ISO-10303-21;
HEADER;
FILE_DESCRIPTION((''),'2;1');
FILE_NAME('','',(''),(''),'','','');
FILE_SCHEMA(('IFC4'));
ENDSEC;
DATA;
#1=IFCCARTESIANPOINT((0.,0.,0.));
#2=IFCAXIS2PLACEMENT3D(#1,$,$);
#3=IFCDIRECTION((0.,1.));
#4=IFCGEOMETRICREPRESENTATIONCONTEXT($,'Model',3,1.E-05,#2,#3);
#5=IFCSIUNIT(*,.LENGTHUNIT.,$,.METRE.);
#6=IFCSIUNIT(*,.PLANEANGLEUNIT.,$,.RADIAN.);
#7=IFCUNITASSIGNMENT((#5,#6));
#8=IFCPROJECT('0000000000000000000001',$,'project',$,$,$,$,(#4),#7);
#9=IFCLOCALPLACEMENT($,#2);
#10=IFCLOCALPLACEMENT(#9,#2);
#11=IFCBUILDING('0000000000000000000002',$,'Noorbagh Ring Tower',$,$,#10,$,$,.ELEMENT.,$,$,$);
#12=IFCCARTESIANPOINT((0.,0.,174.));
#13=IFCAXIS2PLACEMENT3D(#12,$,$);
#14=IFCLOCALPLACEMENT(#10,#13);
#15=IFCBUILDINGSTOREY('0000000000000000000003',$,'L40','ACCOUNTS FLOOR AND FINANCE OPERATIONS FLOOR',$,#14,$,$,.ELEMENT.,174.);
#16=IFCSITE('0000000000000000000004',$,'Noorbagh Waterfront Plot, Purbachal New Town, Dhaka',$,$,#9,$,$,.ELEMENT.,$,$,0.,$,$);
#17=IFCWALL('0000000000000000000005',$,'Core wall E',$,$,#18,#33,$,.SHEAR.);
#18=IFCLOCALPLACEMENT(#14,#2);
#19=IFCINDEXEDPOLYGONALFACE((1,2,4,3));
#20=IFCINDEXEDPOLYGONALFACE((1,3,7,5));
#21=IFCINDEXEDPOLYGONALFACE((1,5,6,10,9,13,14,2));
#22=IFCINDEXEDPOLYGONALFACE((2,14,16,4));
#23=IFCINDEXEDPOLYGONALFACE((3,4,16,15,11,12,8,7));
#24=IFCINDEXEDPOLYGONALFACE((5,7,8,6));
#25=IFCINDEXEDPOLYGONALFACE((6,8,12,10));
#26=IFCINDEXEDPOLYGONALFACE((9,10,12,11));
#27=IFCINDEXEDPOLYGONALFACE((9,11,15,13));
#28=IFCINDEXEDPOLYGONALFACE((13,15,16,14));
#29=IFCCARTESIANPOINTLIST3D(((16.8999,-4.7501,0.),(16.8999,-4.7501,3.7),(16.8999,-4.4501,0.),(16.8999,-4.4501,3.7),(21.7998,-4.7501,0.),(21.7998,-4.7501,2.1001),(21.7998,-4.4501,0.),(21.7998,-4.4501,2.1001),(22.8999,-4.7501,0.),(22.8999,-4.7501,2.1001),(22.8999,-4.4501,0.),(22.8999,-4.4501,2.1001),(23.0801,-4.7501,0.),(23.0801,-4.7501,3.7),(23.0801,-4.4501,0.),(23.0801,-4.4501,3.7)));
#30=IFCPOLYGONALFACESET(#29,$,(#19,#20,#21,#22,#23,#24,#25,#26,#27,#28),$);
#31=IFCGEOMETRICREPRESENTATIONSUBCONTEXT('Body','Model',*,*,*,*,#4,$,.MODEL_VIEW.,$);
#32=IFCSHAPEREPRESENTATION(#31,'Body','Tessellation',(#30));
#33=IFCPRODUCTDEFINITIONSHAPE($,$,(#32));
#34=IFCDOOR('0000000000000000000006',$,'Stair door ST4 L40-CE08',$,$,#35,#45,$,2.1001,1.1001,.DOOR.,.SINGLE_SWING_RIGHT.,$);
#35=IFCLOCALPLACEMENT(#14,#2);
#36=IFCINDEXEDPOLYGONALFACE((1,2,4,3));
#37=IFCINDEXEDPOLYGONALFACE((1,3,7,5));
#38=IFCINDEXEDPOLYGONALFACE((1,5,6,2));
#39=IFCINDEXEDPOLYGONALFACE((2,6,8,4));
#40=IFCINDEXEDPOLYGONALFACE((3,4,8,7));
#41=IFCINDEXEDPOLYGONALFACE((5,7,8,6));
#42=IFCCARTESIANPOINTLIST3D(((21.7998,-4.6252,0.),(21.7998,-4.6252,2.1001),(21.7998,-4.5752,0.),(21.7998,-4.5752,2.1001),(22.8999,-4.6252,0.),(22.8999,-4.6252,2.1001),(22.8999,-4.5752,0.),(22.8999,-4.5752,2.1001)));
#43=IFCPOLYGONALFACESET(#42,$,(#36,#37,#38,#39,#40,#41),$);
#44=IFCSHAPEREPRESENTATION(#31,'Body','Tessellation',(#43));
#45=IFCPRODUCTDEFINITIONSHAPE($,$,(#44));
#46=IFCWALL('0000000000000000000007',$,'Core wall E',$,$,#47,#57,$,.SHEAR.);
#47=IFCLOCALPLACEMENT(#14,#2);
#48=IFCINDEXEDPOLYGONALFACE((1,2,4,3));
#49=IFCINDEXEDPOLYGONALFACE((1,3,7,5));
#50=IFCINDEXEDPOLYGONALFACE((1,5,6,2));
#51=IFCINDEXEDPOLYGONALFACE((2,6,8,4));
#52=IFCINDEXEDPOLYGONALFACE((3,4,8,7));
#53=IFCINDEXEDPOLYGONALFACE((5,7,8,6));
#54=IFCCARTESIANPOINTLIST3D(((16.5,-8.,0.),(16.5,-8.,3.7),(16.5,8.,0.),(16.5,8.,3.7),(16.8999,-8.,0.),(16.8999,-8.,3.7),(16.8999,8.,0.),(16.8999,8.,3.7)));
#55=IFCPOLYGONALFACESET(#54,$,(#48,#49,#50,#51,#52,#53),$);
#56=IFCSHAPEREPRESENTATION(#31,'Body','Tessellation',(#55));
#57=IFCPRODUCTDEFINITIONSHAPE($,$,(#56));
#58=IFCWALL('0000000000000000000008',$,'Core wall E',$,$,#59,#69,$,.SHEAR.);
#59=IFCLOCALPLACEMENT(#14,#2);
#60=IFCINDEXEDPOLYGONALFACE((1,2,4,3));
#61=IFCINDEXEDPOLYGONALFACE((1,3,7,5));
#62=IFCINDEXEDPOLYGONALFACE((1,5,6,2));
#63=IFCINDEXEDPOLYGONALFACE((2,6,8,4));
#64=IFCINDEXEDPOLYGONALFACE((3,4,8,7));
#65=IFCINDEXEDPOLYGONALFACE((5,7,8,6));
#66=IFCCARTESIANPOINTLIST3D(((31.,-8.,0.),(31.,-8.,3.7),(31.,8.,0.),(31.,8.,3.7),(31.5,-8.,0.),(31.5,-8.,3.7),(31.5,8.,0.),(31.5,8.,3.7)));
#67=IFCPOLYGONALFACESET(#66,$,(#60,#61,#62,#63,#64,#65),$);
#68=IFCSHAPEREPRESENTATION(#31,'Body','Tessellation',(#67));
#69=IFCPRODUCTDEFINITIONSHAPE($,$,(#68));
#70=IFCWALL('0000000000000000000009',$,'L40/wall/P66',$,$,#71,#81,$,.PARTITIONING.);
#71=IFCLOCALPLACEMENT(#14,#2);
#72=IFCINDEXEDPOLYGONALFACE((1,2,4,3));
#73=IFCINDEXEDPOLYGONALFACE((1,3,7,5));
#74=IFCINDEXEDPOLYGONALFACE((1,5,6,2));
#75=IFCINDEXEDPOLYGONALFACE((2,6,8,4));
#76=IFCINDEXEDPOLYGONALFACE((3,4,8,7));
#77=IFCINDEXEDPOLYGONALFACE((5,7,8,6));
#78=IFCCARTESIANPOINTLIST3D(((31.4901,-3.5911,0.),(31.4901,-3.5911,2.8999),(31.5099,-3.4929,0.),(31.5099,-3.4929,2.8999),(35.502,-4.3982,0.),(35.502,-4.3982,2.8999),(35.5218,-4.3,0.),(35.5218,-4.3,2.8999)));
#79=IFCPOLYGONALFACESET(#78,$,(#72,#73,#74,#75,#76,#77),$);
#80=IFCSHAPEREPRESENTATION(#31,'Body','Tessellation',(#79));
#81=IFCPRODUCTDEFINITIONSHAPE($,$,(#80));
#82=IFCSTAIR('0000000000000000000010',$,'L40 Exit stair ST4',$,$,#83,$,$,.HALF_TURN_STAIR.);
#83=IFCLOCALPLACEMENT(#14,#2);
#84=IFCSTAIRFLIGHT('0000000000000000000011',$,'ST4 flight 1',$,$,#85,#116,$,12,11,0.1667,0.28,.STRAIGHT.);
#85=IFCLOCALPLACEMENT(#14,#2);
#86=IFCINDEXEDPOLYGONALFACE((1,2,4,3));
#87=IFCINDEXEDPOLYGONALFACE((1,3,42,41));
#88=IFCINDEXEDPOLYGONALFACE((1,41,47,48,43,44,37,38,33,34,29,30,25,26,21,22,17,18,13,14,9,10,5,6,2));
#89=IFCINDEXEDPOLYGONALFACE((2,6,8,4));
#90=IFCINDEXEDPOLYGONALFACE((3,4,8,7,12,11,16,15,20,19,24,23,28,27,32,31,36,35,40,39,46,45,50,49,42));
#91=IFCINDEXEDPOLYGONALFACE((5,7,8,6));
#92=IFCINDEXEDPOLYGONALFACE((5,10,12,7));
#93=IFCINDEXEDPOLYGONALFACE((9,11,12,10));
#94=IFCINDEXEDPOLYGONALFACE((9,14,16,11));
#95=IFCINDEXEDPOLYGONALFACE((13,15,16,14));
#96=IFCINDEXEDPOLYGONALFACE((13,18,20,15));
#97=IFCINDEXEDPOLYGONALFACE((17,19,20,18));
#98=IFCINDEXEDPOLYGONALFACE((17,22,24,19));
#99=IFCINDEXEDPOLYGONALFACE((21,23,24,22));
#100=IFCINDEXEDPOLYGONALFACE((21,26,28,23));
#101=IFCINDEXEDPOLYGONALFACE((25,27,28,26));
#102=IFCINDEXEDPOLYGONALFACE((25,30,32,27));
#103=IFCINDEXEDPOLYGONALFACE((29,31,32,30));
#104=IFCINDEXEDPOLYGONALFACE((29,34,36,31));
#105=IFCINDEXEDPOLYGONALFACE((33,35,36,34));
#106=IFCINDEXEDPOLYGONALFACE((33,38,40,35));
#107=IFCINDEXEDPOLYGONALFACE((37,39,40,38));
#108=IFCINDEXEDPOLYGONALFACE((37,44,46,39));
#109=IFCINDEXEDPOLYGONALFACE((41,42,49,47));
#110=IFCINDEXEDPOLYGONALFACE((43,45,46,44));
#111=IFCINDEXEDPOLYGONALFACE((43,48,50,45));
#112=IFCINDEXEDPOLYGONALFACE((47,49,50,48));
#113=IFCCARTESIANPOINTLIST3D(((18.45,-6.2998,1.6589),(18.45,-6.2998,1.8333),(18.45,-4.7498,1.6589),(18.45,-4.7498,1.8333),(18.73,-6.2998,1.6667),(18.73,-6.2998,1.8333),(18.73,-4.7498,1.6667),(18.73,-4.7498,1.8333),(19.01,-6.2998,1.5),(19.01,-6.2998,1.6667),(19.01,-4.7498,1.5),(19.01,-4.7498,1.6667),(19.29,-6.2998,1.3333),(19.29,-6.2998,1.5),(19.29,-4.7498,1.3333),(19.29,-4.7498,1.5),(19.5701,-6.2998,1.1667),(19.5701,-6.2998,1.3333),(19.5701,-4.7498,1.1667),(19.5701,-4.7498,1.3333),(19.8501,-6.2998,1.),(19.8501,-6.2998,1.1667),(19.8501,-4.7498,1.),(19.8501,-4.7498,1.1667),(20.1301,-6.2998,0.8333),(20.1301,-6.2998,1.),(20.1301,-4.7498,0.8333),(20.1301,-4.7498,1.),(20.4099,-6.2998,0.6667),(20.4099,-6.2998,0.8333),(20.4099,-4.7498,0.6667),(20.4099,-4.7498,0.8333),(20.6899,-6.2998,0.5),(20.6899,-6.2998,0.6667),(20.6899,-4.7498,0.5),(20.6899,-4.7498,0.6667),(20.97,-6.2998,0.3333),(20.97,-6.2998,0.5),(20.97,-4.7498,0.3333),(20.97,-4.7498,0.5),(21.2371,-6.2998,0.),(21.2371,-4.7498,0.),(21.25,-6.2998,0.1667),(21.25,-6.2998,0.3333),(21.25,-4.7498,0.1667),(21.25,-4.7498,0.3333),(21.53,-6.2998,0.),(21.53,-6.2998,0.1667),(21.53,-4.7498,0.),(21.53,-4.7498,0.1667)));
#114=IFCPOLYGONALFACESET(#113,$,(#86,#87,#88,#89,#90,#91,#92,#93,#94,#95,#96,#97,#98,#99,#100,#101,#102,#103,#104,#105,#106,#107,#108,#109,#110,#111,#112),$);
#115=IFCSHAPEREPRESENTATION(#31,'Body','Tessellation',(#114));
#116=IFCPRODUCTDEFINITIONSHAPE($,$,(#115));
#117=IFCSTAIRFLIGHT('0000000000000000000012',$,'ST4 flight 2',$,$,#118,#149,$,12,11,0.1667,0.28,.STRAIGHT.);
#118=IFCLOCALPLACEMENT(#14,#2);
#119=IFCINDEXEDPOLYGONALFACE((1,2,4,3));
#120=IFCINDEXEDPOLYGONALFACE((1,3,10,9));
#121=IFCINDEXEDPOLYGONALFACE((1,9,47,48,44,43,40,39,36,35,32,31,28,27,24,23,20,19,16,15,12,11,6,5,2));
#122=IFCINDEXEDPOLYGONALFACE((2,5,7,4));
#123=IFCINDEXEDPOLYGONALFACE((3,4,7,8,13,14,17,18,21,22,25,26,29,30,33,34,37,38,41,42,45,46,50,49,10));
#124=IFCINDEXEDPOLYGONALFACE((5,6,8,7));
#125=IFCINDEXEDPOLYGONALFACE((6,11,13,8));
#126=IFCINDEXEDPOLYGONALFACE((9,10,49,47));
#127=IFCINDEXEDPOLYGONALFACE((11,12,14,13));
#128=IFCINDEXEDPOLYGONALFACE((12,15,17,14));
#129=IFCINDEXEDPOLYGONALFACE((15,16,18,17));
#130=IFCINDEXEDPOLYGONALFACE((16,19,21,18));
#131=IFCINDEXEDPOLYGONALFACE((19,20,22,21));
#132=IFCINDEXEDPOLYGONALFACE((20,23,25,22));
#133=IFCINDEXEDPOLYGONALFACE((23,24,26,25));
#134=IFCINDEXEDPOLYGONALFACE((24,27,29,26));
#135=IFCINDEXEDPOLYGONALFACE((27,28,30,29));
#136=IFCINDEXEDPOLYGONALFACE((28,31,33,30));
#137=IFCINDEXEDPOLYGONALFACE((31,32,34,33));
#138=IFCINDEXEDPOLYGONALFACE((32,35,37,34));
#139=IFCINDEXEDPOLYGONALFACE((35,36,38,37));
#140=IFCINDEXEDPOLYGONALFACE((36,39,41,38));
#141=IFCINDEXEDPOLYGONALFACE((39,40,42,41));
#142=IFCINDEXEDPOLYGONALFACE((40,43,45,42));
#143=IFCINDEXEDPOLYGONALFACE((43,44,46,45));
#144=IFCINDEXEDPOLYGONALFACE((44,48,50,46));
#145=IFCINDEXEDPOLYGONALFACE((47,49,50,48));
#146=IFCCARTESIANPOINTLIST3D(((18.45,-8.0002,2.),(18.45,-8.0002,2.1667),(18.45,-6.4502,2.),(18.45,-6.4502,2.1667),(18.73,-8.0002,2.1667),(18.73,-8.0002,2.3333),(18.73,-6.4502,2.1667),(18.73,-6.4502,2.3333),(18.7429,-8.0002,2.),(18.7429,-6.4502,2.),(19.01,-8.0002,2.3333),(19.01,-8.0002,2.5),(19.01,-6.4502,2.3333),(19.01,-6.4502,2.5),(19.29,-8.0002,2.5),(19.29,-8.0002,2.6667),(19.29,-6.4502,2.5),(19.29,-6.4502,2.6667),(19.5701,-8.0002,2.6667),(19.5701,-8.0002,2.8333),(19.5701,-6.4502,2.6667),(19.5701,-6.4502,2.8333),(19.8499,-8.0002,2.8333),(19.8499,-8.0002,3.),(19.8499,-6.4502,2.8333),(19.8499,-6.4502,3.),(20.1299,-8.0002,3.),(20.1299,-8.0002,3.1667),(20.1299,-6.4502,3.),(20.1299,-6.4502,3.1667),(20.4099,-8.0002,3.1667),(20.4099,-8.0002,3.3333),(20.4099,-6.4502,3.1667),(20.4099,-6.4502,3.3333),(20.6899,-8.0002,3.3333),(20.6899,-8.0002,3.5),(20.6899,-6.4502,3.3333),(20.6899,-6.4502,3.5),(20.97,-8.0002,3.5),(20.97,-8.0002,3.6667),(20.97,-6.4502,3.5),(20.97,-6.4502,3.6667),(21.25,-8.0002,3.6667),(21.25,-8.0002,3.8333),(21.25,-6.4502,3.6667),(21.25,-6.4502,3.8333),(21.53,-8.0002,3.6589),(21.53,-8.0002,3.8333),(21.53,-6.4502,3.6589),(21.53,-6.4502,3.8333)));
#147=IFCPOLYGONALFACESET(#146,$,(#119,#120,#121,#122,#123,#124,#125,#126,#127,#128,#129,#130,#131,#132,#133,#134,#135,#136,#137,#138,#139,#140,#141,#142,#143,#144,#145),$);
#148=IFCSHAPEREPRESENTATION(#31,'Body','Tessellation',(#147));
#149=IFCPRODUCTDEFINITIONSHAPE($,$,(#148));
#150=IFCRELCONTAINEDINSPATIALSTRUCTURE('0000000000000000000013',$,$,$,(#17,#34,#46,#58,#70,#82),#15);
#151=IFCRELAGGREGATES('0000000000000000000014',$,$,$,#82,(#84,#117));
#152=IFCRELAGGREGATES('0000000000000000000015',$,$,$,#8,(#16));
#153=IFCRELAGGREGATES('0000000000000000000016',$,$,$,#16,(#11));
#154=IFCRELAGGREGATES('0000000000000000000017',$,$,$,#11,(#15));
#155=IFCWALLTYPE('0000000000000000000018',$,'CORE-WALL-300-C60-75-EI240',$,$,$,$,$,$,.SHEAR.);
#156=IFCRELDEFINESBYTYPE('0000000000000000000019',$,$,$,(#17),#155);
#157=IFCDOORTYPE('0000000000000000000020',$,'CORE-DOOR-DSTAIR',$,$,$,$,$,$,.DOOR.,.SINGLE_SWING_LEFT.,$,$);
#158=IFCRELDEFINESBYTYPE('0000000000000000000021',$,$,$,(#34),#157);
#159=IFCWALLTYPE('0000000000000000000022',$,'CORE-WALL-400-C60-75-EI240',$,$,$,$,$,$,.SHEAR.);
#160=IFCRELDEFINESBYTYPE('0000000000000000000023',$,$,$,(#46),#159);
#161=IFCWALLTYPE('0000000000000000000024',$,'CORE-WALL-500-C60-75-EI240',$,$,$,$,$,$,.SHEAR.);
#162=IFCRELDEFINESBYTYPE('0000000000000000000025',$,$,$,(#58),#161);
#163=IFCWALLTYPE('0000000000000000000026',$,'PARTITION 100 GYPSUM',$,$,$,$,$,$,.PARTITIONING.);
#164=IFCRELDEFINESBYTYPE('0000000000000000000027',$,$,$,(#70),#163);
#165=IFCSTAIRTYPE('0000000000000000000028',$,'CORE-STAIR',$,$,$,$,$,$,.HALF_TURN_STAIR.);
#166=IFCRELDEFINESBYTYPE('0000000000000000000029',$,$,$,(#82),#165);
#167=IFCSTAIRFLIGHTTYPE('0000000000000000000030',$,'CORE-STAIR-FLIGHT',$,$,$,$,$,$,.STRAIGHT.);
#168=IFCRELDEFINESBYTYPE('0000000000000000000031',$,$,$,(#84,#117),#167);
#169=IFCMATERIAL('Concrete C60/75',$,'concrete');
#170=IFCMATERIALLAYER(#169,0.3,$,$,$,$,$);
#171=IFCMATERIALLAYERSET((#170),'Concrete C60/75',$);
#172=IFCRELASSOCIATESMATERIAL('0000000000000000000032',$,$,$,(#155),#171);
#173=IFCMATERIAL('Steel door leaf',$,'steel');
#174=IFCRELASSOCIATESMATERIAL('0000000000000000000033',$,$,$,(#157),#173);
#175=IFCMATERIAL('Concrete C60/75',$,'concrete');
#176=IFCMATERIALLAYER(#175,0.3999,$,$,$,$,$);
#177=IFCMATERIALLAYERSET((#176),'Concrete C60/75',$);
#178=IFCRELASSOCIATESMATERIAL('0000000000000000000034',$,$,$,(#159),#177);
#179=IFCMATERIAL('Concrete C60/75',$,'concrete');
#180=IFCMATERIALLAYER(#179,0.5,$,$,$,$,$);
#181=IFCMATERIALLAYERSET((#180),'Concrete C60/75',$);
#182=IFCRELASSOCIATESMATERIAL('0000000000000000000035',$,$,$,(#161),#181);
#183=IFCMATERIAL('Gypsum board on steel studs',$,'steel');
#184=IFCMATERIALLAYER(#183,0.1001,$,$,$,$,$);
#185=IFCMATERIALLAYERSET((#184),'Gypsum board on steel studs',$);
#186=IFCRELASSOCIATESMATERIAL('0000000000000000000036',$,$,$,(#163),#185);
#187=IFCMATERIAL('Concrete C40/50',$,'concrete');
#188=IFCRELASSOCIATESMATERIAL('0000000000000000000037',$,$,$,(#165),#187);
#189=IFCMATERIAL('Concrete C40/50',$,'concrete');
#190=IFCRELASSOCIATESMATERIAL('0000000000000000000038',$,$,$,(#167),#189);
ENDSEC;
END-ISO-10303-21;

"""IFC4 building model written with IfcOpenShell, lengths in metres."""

from ifc_helpers import new_model, si_unit, direction, frame, frame_2d, origin, place, context, subcontext, project, spatial, polyline, rectangle, outline, extrude, material, layer, layer_set, type_object, element, fill, aggregate, save


model = new_model("IFC4")

# Units and contexts
model_context = context("Model", 3, precision=1e-05, world=origin(), true_north=direction((0.0, 1.0)))
body_context = subcontext(model_context, "Body", "Model", "MODEL_VIEW")
ifc_project = project(units=[si_unit("LENGTHUNIT", "METRE"), si_unit("PLANEANGLEUNIT", "RADIAN")], contexts=[model_context])

# Site, building, storey
site_placement = place(None, origin())
site = spatial("IfcSite", under=ifc_project, at=site_placement, Name="Noorbagh Waterfront Plot, Purbachal New Town, Dhaka", CompositionType="ELEMENT", RefElevation=0.0)
building_placement = place(site_placement, origin())
building = spatial("IfcBuilding", under=site, at=building_placement, Name="Noorbagh Ring Tower", CompositionType="ELEMENT")
storey_placement = place(building_placement, frame((0.0, 0.0, 174.0)))
storey = spatial("IfcBuildingStorey", under=building, at=storey_placement, Name="L40", Description="ACCOUNTS FLOOR AND FINANCE OPERATIONS FLOOR", CompositionType="ELEMENT", Elevation=174.0)

# Shared definitions
ifc_material_1 = material(Name="Concrete C60/75", Category="concrete")
ifc_layer_1 = layer(ifc_material_1, 0.3)
ifc_layer_set_1 = layer_set([ifc_layer_1], Name="Concrete C60/75")
wall_type_1 = type_object("IfcWallType", Name="CORE-WALL-300-C60-75-EI240", PredefinedType="SHEAR", material=ifc_layer_set_1)

# Wall, opening, door
wall_1_placement = place(storey_placement, frame((16.8999, -4.6001, 0.0), z_axis=(0.0, 0.0, 1.0), x_axis=(1.0, 0.0, 0.0)))
wall_1 = element("IfcWall", 1, at=wall_1_placement, inside=storey, type_object=wall_type_1, Name="Core wall E", PredefinedType="SHEAR", context=body_context, shape_type="SweptSolid", body=[
    extrude(rectangle(XDim=6.1802, YDim=0.3, at=frame_2d((3.0901, 0.0))), origin(), (0.0, 0.0, 1.0), 3.7),
])
opening_1_placement = place(wall_1_placement, frame((4.8999, 0.0, 0.0)))
opening_1 = element("IfcOpeningElement", 2, at=opening_1_placement, cuts=wall_1, PredefinedType="OPENING", context=body_context, shape_type="SweptSolid", body=[
    extrude(rectangle(XDim=1.1001, YDim=2.1001, at=frame_2d((0.55, 1.05))), frame((0.0, 0.1602, 0.0), z_axis=(0.0, -1.0, 0.0), x_axis=(1.0, 0.0, 0.0)), (0.0, 0.0, 1.0), 0.3201),
])
ifc_material_2 = material(Name="Steel door leaf", Category="steel")
door_type_1 = type_object("IfcDoorType", Name="CORE-DOOR-DSTAIR", OperationType="SINGLE_SWING_LEFT", PredefinedType="DOOR", material=ifc_material_2)
door_1_placement = place(opening_1_placement, origin())
door_1 = element("IfcDoor", 3, at=door_1_placement, inside=storey, type_object=door_type_1, Name="Stair door ST4 L40-CE08", OperationType="SINGLE_SWING_RIGHT", OverallHeight=2.1001, OverallWidth=1.1001, PredefinedType="DOOR", context=body_context, shape_type="SweptSolid", body=[
    extrude(rectangle(XDim=1.1001, YDim=2.1001, at=frame_2d((0.55, 1.05))), frame((0.0, 0.0249, 0.0), z_axis=(0.0, -1.0, 0.0), x_axis=(1.0, 0.0, 0.0)), (0.0, 0.0, 1.0), 0.05),
])
fill(opening_1, door_1)

# Walls
ifc_material_3 = material(Name="Concrete C60/75", Category="concrete")
ifc_layer_2 = layer(ifc_material_3, 0.3999)
ifc_layer_set_2 = layer_set([ifc_layer_2], Name="Concrete C60/75")
wall_type_2 = type_object("IfcWallType", Name="CORE-WALL-400-C60-75-EI240", PredefinedType="SHEAR", material=ifc_layer_set_2)
wall_2_placement = place(storey_placement, frame((16.7, -8.0, 0.0), z_axis=(0.0, 0.0, 1.0), x_axis=(0.0, 1.0, 0.0)))
element("IfcWall", 4, at=wall_2_placement, inside=storey, type_object=wall_type_2, Name="Core wall E", PredefinedType="SHEAR", context=body_context, shape_type="SweptSolid", body=[
    extrude(rectangle(XDim=16.0, YDim=0.3999, at=frame_2d((8.0, 0.0))), origin(), (0.0, 0.0, 1.0), 3.7),
])
ifc_material_4 = material(Name="Concrete C60/75", Category="concrete")
ifc_layer_3 = layer(ifc_material_4, 0.5)
ifc_layer_set_3 = layer_set([ifc_layer_3], Name="Concrete C60/75")
wall_type_3 = type_object("IfcWallType", Name="CORE-WALL-500-C60-75-EI240", PredefinedType="SHEAR", material=ifc_layer_set_3)
wall_3_placement = place(storey_placement, frame((31.25, -8.0, 0.0), z_axis=(0.0, 0.0, 1.0), x_axis=(0.0, 1.0, 0.0)))
element("IfcWall", 5, at=wall_3_placement, inside=storey, type_object=wall_type_3, Name="Core wall E", PredefinedType="SHEAR", context=body_context, shape_type="SweptSolid", body=[
    extrude(rectangle(XDim=16.0, YDim=0.5, at=frame_2d((8.0, 0.0))), origin(), (0.0, 0.0, 1.0), 3.7),
])
ifc_material_5 = material(Name="Gypsum board on steel studs", Category="steel")
ifc_layer_4 = layer(ifc_material_5, 0.1001)
ifc_layer_set_4 = layer_set([ifc_layer_4], Name="Gypsum board on steel studs")
wall_type_4 = type_object("IfcWallType", Name="PARTITION 100 GYPSUM", PredefinedType="PARTITIONING", material=ifc_layer_set_4)
wall_4_placement = place(storey_placement, frame((31.5, -3.542, 0.0), z_axis=(0.0, 0.0, 1.0), x_axis=(0.980357, -0.197229, 0.0)))
element("IfcWall", 6, at=wall_4_placement, inside=storey, type_object=wall_type_4, Name="L40/wall/P66", PredefinedType="PARTITIONING", context=body_context, shape_type="SweptSolid", body=[
    extrude(rectangle(XDim=4.0923, YDim=0.1001, at=frame_2d((2.0461, 0.0))), origin(), (0.0, 0.0, 1.0), 2.8999),
])

# Stair, stair flights
ifc_material_6 = material(Name="Concrete C40/50", Category="concrete")
stair_type = type_object("IfcStairType", Name="CORE-STAIR", PredefinedType="HALF_TURN_STAIR", material=ifc_material_6)
stair_placement = place(storey_placement, origin())
stair = element("IfcStair", 7, at=stair_placement, inside=storey, type_object=stair_type, Name="L40 Exit stair ST4", PredefinedType="HALF_TURN_STAIR")
ifc_material_7 = material(Name="Concrete C40/50", Category="concrete")
stair_flight_type = type_object("IfcStairFlightType", Name="CORE-STAIR-FLIGHT", PredefinedType="STRAIGHT", material=ifc_material_7)
stair_flight_1_placement = place(storey_placement, frame((21.53, -5.5249, 0.0), z_axis=(0.0, 0.0, 1.0), x_axis=(-1.0, 0.0, 0.0)))
stair_flight_1 = element("IfcStairFlight", 8, at=stair_flight_1_placement, type_object=stair_flight_type, Name="ST4 flight 1", NumberOfRisers=12, NumberOfTreads=11, PredefinedType="STRAIGHT", RiserHeight=0.1667, TreadLength=0.28, context=body_context, shape_type="SweptSolid", body=[
    extrude(outline(polyline([(0.0, 0.0), (0.0, 0.1667), (0.28, 0.1667), (0.28, 0.3333), (0.5601, 0.3333), (0.5601, 0.5), (0.8401, 0.5), (0.8401, 0.6667), (1.1201, 0.6667), (1.1201, 0.8333), (1.3999, 0.8333), (1.3999, 1.0), (1.6799, 1.0), (1.6799, 1.1667), (1.96, 1.1667), (1.96, 1.3333), (2.24, 1.3333), (2.24, 1.5), (2.52, 1.5), (2.52, 1.6667), (2.8, 1.6667), (2.8, 1.8333), (3.0801, 1.8333), (3.0801, 2.0), (3.0801, 1.6589), (0.293, 0.0), (0.0, 0.0)])), frame((0.0, 0.7749, 0.0), z_axis=(0.0, -1.0, 0.0), x_axis=(1.0, 0.0, 0.0)), (0.0, 0.0, 1.0), 1.55),
])
stair_flight_2_placement = place(storey_placement, frame((18.45, -7.2251, 2.0), z_axis=(0.0, 0.0, 1.0), x_axis=(1.0, 0.0, 0.0)))
stair_flight_2 = element("IfcStairFlight", 9, at=stair_flight_2_placement, type_object=stair_flight_type, Name="ST4 flight 2", NumberOfRisers=12, NumberOfTreads=11, PredefinedType="STRAIGHT", RiserHeight=0.1667, TreadLength=0.28, context=body_context, shape_type="SweptSolid", body=[
    extrude(outline(polyline([(0.0, 0.0), (0.0, 0.1667), (0.28, 0.1667), (0.28, 0.3333), (0.5601, 0.3333), (0.5601, 0.5), (0.8401, 0.5), (0.8401, 0.6667), (1.1201, 0.6667), (1.1201, 0.8333), (1.3999, 0.8333), (1.3999, 1.0), (1.6799, 1.0), (1.6799, 1.1667), (1.96, 1.1667), (1.96, 1.3333), (2.24, 1.3333), (2.24, 1.5), (2.52, 1.5), (2.52, 1.6667), (2.8, 1.6667), (2.8, 1.8333), (3.0801, 1.8333), (3.0801, 2.0), (3.0801, 1.6589), (0.293, 0.0), (0.0, 0.0)])), frame((0.0, 0.7749, 0.0), z_axis=(0.0, -1.0, 0.0), x_axis=(1.0, 0.0, 0.0)), (0.0, 0.0, 1.0), 1.55),
])
aggregate(stair, [stair_flight_1, stair_flight_2])

save(model, "model.ifc")
